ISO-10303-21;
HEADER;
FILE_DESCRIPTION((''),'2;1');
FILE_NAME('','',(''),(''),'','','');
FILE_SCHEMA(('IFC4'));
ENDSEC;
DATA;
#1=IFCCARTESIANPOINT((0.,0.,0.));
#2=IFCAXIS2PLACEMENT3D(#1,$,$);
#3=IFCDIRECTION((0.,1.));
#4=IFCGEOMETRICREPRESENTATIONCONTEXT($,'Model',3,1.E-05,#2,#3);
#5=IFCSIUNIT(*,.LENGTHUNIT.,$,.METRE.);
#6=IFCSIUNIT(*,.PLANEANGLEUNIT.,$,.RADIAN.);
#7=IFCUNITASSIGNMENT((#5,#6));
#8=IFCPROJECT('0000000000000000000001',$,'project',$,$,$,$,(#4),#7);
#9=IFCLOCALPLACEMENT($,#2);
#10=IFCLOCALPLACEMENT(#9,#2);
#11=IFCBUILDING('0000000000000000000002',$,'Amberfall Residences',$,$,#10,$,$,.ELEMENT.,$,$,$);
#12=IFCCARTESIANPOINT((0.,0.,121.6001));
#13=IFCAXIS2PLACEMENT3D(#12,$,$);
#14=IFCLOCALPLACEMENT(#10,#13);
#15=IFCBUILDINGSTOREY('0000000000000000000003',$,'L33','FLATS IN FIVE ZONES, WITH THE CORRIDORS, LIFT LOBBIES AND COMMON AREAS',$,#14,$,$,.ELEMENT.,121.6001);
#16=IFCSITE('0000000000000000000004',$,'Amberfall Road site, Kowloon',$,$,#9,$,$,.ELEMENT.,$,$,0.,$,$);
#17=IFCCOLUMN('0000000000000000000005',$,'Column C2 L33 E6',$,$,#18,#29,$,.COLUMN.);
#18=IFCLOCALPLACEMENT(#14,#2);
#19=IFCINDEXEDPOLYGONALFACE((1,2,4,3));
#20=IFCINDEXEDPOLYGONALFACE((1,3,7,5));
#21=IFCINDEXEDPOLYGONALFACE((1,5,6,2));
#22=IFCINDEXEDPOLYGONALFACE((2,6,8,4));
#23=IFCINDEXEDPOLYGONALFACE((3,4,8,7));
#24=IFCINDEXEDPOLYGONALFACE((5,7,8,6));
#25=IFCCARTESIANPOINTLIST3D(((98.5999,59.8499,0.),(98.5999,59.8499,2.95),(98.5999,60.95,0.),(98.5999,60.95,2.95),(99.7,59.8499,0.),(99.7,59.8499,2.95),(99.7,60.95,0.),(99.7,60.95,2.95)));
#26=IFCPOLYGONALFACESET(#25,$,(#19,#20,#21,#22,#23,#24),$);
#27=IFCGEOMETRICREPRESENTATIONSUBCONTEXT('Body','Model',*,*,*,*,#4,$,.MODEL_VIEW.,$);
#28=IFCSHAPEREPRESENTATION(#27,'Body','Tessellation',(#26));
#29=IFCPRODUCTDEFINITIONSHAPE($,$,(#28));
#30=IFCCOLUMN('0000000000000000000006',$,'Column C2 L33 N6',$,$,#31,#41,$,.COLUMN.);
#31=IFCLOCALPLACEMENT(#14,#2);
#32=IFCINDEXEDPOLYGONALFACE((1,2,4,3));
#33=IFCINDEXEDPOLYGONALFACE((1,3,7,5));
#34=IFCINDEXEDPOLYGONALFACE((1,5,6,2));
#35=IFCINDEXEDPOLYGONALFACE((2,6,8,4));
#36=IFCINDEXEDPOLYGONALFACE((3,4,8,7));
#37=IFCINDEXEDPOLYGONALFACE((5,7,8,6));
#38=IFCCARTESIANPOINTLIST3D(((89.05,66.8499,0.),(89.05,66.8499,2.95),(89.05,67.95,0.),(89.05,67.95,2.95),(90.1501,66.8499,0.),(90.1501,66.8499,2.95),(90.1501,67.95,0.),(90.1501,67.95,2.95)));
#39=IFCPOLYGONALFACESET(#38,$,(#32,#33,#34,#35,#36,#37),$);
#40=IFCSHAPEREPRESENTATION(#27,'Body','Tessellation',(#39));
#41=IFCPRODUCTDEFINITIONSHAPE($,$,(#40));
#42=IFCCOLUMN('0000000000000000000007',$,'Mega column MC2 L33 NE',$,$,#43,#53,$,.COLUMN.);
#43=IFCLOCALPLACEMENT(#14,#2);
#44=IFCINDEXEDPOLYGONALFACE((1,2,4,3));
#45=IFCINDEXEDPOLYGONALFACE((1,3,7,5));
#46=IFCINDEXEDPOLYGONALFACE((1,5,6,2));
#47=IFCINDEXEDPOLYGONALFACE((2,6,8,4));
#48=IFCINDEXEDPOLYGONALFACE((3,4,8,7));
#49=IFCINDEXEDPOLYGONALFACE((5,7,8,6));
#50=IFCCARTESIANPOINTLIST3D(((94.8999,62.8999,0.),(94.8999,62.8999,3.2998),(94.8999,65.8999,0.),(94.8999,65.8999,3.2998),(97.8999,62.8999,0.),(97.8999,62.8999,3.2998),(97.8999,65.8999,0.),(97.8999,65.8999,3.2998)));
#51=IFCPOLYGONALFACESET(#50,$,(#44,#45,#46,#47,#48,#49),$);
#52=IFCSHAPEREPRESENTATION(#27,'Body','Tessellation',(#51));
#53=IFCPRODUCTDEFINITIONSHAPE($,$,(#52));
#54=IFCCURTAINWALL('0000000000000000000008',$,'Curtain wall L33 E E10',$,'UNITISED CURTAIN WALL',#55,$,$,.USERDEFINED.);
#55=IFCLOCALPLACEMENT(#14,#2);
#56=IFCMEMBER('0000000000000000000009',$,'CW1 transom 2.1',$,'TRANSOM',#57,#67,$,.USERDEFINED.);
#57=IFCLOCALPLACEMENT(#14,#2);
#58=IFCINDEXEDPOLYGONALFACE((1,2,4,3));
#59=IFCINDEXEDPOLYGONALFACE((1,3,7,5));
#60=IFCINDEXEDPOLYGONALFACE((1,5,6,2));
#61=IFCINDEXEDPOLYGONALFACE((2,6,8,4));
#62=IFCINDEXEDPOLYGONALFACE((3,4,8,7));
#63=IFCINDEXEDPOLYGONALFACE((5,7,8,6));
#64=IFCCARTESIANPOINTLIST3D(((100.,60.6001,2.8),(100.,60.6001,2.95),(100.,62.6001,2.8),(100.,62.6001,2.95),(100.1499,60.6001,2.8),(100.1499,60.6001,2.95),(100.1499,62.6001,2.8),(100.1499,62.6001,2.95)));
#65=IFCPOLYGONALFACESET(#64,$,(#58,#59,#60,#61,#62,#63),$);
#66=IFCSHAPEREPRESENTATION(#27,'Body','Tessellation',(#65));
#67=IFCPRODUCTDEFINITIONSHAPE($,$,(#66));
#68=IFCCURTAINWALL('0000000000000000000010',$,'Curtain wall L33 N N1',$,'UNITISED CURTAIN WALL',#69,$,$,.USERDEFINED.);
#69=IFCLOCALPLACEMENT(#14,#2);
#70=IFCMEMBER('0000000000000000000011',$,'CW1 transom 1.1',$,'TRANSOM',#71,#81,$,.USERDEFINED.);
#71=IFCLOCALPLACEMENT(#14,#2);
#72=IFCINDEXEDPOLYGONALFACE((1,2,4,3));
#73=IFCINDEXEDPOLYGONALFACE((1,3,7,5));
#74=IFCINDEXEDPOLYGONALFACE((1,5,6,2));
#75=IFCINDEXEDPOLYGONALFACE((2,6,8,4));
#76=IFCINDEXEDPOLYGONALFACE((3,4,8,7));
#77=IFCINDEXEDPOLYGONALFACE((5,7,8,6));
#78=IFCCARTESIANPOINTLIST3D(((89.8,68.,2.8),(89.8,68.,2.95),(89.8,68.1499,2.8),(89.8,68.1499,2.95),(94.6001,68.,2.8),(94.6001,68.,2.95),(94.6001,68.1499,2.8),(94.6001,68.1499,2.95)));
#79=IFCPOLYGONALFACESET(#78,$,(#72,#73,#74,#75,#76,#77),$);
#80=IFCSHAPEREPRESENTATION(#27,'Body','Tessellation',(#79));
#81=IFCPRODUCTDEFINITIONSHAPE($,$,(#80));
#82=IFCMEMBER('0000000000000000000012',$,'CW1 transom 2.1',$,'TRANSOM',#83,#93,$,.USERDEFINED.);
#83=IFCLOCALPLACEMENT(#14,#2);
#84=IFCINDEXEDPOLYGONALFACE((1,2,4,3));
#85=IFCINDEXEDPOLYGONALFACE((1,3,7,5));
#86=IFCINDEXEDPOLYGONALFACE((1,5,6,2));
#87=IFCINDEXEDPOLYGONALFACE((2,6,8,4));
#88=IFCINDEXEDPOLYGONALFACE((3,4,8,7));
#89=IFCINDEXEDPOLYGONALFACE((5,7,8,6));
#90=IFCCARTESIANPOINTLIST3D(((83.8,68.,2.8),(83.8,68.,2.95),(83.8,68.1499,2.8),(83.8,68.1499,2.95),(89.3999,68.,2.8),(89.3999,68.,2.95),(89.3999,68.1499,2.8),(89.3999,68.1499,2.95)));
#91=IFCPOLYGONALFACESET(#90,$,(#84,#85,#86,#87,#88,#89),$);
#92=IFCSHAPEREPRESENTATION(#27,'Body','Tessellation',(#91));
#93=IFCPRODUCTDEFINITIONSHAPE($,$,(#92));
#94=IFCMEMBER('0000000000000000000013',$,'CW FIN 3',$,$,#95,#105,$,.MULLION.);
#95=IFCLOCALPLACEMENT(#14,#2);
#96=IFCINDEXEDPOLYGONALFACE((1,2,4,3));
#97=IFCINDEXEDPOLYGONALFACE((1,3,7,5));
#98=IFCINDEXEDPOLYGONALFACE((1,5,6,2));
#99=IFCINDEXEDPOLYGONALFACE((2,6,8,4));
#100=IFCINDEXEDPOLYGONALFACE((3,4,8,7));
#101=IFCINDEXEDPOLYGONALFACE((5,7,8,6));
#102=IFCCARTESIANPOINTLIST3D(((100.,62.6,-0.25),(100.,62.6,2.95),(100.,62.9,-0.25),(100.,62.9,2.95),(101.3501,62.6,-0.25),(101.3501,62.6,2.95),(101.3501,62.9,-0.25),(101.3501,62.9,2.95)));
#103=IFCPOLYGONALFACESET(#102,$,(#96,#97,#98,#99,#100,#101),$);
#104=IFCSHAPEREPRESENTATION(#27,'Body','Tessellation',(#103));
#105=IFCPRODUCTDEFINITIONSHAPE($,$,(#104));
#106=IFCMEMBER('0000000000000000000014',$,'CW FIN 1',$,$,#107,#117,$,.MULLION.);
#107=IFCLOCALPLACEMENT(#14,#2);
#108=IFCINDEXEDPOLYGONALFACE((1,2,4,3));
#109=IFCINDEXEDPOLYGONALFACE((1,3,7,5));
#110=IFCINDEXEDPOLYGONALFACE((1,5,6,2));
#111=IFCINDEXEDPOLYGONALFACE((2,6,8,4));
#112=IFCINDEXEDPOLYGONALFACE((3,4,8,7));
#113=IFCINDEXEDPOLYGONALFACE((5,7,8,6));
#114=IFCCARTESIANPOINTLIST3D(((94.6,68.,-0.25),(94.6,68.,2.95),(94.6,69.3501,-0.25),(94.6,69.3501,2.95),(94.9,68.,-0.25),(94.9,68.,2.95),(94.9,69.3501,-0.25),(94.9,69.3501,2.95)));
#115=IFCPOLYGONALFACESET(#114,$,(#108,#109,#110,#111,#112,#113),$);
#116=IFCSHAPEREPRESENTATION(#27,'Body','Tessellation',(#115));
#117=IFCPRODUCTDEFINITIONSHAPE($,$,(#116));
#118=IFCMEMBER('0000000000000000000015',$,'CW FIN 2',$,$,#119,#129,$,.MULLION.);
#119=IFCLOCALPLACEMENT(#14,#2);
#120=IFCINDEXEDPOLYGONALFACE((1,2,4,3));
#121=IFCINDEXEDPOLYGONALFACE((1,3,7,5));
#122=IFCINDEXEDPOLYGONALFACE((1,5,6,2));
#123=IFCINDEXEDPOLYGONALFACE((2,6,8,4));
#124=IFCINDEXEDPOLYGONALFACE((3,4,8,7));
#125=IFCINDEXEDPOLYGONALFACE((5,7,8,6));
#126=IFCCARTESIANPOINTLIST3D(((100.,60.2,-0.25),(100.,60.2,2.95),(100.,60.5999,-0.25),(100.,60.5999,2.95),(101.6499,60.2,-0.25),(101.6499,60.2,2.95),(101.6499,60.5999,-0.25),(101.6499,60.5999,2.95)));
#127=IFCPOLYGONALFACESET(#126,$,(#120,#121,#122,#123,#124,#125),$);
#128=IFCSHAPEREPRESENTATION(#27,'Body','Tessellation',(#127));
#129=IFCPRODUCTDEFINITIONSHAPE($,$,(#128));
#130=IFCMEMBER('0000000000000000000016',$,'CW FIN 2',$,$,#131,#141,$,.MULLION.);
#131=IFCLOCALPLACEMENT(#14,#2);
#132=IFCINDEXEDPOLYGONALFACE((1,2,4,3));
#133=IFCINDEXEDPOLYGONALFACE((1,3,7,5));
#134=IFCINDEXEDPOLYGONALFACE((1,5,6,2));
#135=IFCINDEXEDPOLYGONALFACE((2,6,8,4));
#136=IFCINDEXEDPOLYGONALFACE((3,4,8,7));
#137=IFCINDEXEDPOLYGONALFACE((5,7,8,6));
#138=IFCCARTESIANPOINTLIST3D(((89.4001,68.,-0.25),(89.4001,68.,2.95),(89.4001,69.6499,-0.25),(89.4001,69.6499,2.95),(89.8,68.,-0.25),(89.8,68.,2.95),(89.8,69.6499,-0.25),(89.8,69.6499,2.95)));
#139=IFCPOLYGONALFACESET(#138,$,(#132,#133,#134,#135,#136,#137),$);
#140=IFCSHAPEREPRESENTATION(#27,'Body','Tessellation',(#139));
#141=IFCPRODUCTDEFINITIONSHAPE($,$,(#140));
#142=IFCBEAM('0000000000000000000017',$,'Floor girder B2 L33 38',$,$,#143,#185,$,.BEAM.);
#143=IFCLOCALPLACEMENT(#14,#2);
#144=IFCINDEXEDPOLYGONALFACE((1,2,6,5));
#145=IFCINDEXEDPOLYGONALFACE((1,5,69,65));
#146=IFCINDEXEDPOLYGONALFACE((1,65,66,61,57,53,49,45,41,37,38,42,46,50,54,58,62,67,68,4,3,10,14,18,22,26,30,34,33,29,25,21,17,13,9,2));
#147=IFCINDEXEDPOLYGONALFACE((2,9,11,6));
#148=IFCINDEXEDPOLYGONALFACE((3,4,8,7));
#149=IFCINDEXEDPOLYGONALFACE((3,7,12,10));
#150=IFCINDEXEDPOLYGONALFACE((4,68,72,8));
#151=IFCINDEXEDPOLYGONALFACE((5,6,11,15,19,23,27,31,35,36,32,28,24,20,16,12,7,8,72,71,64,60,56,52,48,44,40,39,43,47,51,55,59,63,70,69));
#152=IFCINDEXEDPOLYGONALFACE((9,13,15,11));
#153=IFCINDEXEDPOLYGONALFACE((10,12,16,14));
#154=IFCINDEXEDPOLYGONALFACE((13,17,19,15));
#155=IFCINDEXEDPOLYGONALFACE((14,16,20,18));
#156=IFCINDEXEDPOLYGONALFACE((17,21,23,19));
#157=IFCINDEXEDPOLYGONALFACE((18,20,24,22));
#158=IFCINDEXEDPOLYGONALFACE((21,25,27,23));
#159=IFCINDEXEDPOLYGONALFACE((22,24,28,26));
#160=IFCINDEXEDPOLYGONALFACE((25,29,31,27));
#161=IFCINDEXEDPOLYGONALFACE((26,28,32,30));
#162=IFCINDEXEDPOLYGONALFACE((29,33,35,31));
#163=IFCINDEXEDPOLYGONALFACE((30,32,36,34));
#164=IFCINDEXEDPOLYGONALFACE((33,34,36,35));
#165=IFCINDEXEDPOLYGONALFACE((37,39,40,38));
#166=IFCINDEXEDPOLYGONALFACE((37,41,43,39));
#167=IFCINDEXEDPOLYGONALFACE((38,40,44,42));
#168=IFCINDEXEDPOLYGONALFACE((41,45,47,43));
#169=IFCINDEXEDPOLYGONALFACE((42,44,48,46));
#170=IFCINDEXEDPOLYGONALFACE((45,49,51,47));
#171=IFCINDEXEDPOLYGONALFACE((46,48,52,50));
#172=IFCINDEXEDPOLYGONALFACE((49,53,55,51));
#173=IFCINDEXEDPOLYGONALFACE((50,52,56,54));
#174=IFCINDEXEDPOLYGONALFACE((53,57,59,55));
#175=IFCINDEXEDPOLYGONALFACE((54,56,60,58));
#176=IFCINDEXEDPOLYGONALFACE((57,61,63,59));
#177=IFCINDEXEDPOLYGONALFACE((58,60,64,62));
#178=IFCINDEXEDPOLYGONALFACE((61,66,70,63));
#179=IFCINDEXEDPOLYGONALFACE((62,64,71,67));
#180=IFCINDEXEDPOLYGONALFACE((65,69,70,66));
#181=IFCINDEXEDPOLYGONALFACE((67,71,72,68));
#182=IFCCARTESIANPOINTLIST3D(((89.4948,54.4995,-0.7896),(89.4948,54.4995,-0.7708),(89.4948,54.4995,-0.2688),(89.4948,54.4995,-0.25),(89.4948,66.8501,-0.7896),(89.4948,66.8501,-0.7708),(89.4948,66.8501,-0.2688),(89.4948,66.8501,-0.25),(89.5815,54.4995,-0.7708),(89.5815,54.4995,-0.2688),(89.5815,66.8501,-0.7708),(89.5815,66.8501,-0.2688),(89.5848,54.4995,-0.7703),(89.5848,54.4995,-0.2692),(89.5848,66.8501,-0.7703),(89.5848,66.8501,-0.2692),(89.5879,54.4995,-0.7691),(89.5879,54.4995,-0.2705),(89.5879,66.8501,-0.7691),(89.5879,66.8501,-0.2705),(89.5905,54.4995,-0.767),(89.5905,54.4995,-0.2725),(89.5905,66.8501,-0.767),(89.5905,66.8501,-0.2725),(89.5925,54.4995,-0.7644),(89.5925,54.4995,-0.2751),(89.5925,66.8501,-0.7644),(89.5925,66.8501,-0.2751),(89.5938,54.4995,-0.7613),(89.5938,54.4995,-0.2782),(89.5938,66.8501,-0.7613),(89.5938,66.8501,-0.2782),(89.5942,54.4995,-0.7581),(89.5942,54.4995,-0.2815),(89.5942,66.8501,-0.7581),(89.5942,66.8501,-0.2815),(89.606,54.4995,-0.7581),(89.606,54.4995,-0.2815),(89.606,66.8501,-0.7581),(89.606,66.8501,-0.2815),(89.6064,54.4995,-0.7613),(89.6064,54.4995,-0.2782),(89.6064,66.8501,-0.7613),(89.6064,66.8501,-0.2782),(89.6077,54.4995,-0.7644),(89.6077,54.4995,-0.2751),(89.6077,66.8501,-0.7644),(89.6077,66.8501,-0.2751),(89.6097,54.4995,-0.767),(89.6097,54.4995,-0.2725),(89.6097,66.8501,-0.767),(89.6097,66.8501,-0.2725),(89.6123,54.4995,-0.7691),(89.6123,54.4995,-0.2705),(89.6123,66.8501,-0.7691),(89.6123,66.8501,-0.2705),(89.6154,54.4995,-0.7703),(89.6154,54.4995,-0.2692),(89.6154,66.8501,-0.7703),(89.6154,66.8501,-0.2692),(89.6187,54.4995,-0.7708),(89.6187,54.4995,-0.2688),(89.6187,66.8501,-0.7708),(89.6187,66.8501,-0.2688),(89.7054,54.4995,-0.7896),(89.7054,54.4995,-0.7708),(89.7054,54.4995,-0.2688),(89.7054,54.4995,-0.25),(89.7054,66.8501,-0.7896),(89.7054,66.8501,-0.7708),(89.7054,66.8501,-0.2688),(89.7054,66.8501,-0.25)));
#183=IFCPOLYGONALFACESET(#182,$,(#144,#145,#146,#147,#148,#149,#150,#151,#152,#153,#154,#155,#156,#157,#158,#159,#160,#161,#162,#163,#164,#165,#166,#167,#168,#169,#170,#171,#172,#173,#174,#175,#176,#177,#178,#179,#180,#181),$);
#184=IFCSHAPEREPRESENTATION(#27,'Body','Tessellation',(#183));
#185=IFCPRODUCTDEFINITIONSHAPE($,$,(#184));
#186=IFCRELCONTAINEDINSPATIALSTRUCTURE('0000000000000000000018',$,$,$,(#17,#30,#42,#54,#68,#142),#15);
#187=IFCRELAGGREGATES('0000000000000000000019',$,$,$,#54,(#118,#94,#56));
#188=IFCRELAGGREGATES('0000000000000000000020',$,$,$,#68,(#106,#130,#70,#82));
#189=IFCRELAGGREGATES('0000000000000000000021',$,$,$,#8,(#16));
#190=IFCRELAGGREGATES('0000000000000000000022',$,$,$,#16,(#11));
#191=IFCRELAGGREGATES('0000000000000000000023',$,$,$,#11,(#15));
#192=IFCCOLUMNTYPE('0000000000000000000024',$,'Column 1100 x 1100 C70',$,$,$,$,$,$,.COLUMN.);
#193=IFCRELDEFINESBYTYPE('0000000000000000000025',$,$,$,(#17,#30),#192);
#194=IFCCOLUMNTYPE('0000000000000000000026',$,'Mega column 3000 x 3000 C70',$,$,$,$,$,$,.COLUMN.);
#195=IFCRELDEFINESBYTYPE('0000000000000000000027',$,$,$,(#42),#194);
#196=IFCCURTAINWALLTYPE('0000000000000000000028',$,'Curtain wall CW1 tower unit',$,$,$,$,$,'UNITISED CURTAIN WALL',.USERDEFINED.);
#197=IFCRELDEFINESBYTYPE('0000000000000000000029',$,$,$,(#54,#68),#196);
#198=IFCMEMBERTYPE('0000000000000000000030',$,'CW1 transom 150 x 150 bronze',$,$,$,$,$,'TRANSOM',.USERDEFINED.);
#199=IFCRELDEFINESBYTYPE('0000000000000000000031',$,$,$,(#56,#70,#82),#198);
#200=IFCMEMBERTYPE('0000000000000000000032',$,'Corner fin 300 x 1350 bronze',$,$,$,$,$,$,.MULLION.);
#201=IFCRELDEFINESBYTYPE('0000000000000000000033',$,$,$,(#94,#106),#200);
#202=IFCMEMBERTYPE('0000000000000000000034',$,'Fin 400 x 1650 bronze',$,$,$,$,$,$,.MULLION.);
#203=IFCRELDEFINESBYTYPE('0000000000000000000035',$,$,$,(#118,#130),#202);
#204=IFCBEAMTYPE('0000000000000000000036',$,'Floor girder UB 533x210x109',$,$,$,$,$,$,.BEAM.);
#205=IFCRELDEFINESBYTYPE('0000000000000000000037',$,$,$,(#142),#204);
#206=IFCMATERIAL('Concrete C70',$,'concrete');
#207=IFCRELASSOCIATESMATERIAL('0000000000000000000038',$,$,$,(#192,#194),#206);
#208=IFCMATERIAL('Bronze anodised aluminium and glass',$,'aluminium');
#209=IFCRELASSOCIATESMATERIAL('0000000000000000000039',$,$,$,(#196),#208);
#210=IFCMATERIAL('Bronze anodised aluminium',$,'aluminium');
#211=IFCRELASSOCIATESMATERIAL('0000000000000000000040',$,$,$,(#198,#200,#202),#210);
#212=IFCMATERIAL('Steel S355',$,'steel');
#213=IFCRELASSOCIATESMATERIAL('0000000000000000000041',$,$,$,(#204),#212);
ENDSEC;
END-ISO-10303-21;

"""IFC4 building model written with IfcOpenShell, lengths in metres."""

from ifc_helpers import new_model, si_unit, direction, frame, origin, origin_2d, place, context, subcontext, project, spatial, rectangle, i_section, extrude, material, material_profile, profile_set, type_object, element, aggregate, save


model = new_model("IFC4")

# Units and contexts
model_context = context("Model", 3, precision=1e-05, world=origin(), true_north=direction((0.0, 1.0)))
body_context = subcontext(model_context, "Body", "Model", "MODEL_VIEW")
ifc_project = project(units=[si_unit("LENGTHUNIT", "METRE"), si_unit("PLANEANGLEUNIT", "RADIAN")], contexts=[model_context])

# Site, building, storey
site_placement = place(None, origin())
site = spatial("IfcSite", under=ifc_project, at=site_placement, Name="Amberfall Road site, Kowloon", CompositionType="ELEMENT", RefElevation=0.0)
building_placement = place(site_placement, origin())
building = spatial("IfcBuilding", under=site, at=building_placement, Name="Amberfall Residences", CompositionType="ELEMENT")
storey_placement = place(building_placement, frame((0.0, 0.0, 121.6001)))
storey = spatial("IfcBuildingStorey", under=building, at=storey_placement, Name="L33", Description="FLATS IN FIVE ZONES, WITH THE CORRIDORS, LIFT LOBBIES AND COMMON AREAS", CompositionType="ELEMENT", Elevation=121.6001)

# Columns
ifc_material_1 = material(Name="Concrete C70", Category="concrete")
ifc_material_profile_1 = material_profile(ifc_material_1, rectangle(XDim=1.1001, YDim=1.1001, at=origin_2d()), Name="Column 1100 x 1100 C70")
ifc_profile_set_1 = profile_set([ifc_material_profile_1], Name="Concrete C70")
column_type_1 = type_object("IfcColumnType", Name="Column 1100 x 1100 C70", PredefinedType="COLUMN", material=ifc_profile_set_1)
for number, where, z_axis, x_axis, name in (
    (1, (99.1499, 60.3999, 0.0), (0.0, 0.0, 1.0), (1.0, 0.0, 0.0), "Column C2 L33 E6"),
    (2, (89.6001, 67.3999, 0.0), (0.0, 0.0, 1.0), (1.0, 0.0, 0.0), "Column C2 L33 N6"),
):
    element("IfcColumn", number, at=place(storey_placement, frame(where, z_axis=z_axis, x_axis=x_axis)), inside=storey, type_object=column_type_1, Name=name, PredefinedType="COLUMN", context=body_context, shape_type="SweptSolid", body=[
        extrude(rectangle(XDim=1.1001, YDim=1.1001, at=origin_2d()), origin(), (0.0, 0.0, 1.0), 2.95),
    ])
ifc_material_profile_2 = material_profile(ifc_material_1, rectangle(XDim=3.0, YDim=3.0, at=origin_2d()), Name="Mega column 3000 x 3000 C70")
ifc_profile_set_2 = profile_set([ifc_material_profile_2], Name="Concrete C70")
column_type_2 = type_object("IfcColumnType", Name="Mega column 3000 x 3000 C70", PredefinedType="COLUMN", material=ifc_profile_set_2)
column_placement = place(storey_placement, frame((96.3999, 64.3999, 0.0), z_axis=(0.0, 0.0, 1.0), x_axis=(1.0, 0.0, 0.0)))
element("IfcColumn", 3, at=column_placement, inside=storey, type_object=column_type_2, Name="Mega column MC2 L33 NE", PredefinedType="COLUMN", context=body_context, shape_type="SweptSolid", body=[
    extrude(rectangle(XDim=3.0, YDim=3.0, at=origin_2d()), origin(), (0.0, 0.0, 1.0), 3.2998),
])

# Curtain wall, member
ifc_material_2 = material(Name="Bronze anodised aluminium and glass", Category="aluminium")
curtain_wall_type = type_object("IfcCurtainWallType", Name="Curtain wall CW1 tower unit", ElementType="UNITISED CURTAIN WALL", PredefinedType="USERDEFINED", material=ifc_material_2)
curtain_wall_1_placement = place(storey_placement, origin())
curtain_wall_1 = element("IfcCurtainWall", 4, at=curtain_wall_1_placement, inside=storey, type_object=curtain_wall_type, Name="Curtain wall L33 E E10", ObjectType="UNITISED CURTAIN WALL", PredefinedType="USERDEFINED")
ifc_material_3 = material(Name="Bronze anodised aluminium", Category="aluminium")
ifc_material_profile_3 = material_profile(ifc_material_3, rectangle(XDim=0.1499, YDim=0.1499, at=origin_2d()), Name="CW1 transom 150 x 150 bronze")
ifc_profile_set_3 = profile_set([ifc_material_profile_3], Name="Bronze anodised aluminium")
member_type_1 = type_object("IfcMemberType", Name="CW1 transom 150 x 150 bronze", ElementType="TRANSOM", PredefinedType="USERDEFINED", material=ifc_profile_set_3)
member_1_placement = place(storey_placement, frame((100.075, 60.6001, 2.875), z_axis=(0.0, 1.0, 0.0), x_axis=(-1.0, 0.0, 0.0)))
member_1 = element("IfcMember", 5, at=member_1_placement, type_object=member_type_1, Name="CW1 transom 2.1", ObjectType="TRANSOM", PredefinedType="USERDEFINED", context=body_context, shape_type="SweptSolid", body=[
    extrude(rectangle(XDim=0.1499, YDim=0.1499, at=origin_2d()), origin(), (0.0, 0.0, 1.0), 2.0),
])

# Curtain wall, members
curtain_wall_2_placement = place(storey_placement, origin())
curtain_wall_2 = element("IfcCurtainWall", 6, at=curtain_wall_2_placement, inside=storey, type_object=curtain_wall_type, Name="Curtain wall L33 N N1", ObjectType="UNITISED CURTAIN WALL", PredefinedType="USERDEFINED")
member_2_placement = place(storey_placement, frame((94.6001, 68.075, 2.875), z_axis=(-1.0, 0.0, 0.0), x_axis=(0.0, -1.0, 0.0)))
member_2 = element("IfcMember", 7, at=member_2_placement, type_object=member_type_1, Name="CW1 transom 1.1", ObjectType="TRANSOM", PredefinedType="USERDEFINED", context=body_context, shape_type="SweptSolid", body=[
    extrude(rectangle(XDim=0.1499, YDim=0.1499, at=origin_2d()), origin(), (0.0, 0.0, 1.0), 4.8),
])
member_3_placement = place(storey_placement, frame((89.3999, 68.075, 2.875), z_axis=(-1.0, 0.0, 0.0), x_axis=(0.0, -1.0, 0.0)))
member_3 = element("IfcMember", 8, at=member_3_placement, type_object=member_type_1, Name="CW1 transom 2.1", ObjectType="TRANSOM", PredefinedType="USERDEFINED", context=body_context, shape_type="SweptSolid", body=[
    extrude(rectangle(XDim=0.1499, YDim=0.1499, at=origin_2d()), origin(), (0.0, 0.0, 1.0), 5.5999),
])

# Members
ifc_material_profile_4 = material_profile(ifc_material_3, rectangle(XDim=1.3501, YDim=0.3, at=origin_2d()), Name="Corner fin 300 x 1350 bronze")
ifc_profile_set_4 = profile_set([ifc_material_profile_4], Name="Bronze anodised aluminium")
member_type_2 = type_object("IfcMemberType", Name="Corner fin 300 x 1350 bronze", PredefinedType="MULLION", material=ifc_profile_set_4)
member_4_placement = place(storey_placement, frame((100.675, 62.75, -0.25), z_axis=(0.0, 0.0, 1.0), x_axis=(-1.0, 0.0, 0.0)))
member_4 = element("IfcMember", 9, at=member_4_placement, type_object=member_type_2, Name="CW FIN 3", PredefinedType="MULLION", context=body_context, shape_type="SweptSolid", body=[
    extrude(rectangle(XDim=1.3501, YDim=0.3, at=origin_2d()), origin(), (0.0, 0.0, 1.0), 3.2),
])
member_5_placement = place(storey_placement, frame((94.75, 68.675, -0.25), z_axis=(0.0, 0.0, 1.0), x_axis=(0.0, -1.0, 0.0)))
member_5 = element("IfcMember", 10, at=member_5_placement, type_object=member_type_2, Name="CW FIN 1", PredefinedType="MULLION", context=body_context, shape_type="SweptSolid", body=[
    extrude(rectangle(XDim=1.3501, YDim=0.3, at=origin_2d()), origin(), (0.0, 0.0, 1.0), 3.2),
])
ifc_material_profile_5 = material_profile(ifc_material_3, rectangle(XDim=1.6499, YDim=0.3999, at=origin_2d()), Name="Fin 400 x 1650 bronze")
ifc_profile_set_5 = profile_set([ifc_material_profile_5], Name="Bronze anodised aluminium")
member_type_3 = type_object("IfcMemberType", Name="Fin 400 x 1650 bronze", PredefinedType="MULLION", material=ifc_profile_set_5)
member_6_placement = place(storey_placement, frame((100.825, 60.3999, -0.25), z_axis=(0.0, 0.0, 1.0), x_axis=(-1.0, 0.0, 0.0)))
member_6 = element("IfcMember", 11, at=member_6_placement, type_object=member_type_3, Name="CW FIN 2", PredefinedType="MULLION", context=body_context, shape_type="SweptSolid", body=[
    extrude(rectangle(XDim=1.6499, YDim=0.3999, at=origin_2d()), origin(), (0.0, 0.0, 1.0), 3.2),
])
member_7_placement = place(storey_placement, frame((89.6001, 68.825, -0.25), z_axis=(0.0, 0.0, 1.0), x_axis=(0.0, -1.0, 0.0)))
member_7 = element("IfcMember", 12, at=member_7_placement, type_object=member_type_3, Name="CW FIN 2", PredefinedType="MULLION", context=body_context, shape_type="SweptSolid", body=[
    extrude(rectangle(XDim=1.6499, YDim=0.3999, at=origin_2d()), origin(), (0.0, 0.0, 1.0), 3.2),
])

# Beam
ifc_material_4 = material(Name="Steel S355", Category="steel")
ifc_material_profile_6 = material_profile(ifc_material_4, i_section(OverallWidth=0.2107, OverallDepth=0.5396, WebThickness=0.0117, FlangeThickness=0.0188, FilletRadius=0.0127, at=origin_2d()), Name="UB 533x210x109")
ifc_profile_set_6 = profile_set([ifc_material_profile_6], Name="Steel S355")
beam_type_1 = type_object("IfcBeamType", Name="Floor girder UB 533x210x109", PredefinedType="BEAM", material=ifc_profile_set_6)
beam_1_placement = place(storey_placement, frame((89.6001, 66.8501, -0.5198), z_axis=(0.0, -1.0, 0.0), x_axis=(1.0, 0.0, 0.0)))
element("IfcBeam", 13, at=beam_1_placement, inside=storey, type_object=beam_type_1, Name="Floor girder B2 L33 38", PredefinedType="BEAM", context=body_context, shape_type="SweptSolid", body=[
    extrude(i_section(OverallWidth=0.2107, OverallDepth=0.5396, WebThickness=0.0117, FlangeThickness=0.0188, FilletRadius=0.0127, at=origin_2d()), origin(), (0.0, 0.0, 1.0), 12.3506),
])

aggregate(curtain_wall_1, [member_6, member_4, member_1])
aggregate(curtain_wall_2, [member_5, member_7, member_2, member_3])

save(model, "model.ifc")
